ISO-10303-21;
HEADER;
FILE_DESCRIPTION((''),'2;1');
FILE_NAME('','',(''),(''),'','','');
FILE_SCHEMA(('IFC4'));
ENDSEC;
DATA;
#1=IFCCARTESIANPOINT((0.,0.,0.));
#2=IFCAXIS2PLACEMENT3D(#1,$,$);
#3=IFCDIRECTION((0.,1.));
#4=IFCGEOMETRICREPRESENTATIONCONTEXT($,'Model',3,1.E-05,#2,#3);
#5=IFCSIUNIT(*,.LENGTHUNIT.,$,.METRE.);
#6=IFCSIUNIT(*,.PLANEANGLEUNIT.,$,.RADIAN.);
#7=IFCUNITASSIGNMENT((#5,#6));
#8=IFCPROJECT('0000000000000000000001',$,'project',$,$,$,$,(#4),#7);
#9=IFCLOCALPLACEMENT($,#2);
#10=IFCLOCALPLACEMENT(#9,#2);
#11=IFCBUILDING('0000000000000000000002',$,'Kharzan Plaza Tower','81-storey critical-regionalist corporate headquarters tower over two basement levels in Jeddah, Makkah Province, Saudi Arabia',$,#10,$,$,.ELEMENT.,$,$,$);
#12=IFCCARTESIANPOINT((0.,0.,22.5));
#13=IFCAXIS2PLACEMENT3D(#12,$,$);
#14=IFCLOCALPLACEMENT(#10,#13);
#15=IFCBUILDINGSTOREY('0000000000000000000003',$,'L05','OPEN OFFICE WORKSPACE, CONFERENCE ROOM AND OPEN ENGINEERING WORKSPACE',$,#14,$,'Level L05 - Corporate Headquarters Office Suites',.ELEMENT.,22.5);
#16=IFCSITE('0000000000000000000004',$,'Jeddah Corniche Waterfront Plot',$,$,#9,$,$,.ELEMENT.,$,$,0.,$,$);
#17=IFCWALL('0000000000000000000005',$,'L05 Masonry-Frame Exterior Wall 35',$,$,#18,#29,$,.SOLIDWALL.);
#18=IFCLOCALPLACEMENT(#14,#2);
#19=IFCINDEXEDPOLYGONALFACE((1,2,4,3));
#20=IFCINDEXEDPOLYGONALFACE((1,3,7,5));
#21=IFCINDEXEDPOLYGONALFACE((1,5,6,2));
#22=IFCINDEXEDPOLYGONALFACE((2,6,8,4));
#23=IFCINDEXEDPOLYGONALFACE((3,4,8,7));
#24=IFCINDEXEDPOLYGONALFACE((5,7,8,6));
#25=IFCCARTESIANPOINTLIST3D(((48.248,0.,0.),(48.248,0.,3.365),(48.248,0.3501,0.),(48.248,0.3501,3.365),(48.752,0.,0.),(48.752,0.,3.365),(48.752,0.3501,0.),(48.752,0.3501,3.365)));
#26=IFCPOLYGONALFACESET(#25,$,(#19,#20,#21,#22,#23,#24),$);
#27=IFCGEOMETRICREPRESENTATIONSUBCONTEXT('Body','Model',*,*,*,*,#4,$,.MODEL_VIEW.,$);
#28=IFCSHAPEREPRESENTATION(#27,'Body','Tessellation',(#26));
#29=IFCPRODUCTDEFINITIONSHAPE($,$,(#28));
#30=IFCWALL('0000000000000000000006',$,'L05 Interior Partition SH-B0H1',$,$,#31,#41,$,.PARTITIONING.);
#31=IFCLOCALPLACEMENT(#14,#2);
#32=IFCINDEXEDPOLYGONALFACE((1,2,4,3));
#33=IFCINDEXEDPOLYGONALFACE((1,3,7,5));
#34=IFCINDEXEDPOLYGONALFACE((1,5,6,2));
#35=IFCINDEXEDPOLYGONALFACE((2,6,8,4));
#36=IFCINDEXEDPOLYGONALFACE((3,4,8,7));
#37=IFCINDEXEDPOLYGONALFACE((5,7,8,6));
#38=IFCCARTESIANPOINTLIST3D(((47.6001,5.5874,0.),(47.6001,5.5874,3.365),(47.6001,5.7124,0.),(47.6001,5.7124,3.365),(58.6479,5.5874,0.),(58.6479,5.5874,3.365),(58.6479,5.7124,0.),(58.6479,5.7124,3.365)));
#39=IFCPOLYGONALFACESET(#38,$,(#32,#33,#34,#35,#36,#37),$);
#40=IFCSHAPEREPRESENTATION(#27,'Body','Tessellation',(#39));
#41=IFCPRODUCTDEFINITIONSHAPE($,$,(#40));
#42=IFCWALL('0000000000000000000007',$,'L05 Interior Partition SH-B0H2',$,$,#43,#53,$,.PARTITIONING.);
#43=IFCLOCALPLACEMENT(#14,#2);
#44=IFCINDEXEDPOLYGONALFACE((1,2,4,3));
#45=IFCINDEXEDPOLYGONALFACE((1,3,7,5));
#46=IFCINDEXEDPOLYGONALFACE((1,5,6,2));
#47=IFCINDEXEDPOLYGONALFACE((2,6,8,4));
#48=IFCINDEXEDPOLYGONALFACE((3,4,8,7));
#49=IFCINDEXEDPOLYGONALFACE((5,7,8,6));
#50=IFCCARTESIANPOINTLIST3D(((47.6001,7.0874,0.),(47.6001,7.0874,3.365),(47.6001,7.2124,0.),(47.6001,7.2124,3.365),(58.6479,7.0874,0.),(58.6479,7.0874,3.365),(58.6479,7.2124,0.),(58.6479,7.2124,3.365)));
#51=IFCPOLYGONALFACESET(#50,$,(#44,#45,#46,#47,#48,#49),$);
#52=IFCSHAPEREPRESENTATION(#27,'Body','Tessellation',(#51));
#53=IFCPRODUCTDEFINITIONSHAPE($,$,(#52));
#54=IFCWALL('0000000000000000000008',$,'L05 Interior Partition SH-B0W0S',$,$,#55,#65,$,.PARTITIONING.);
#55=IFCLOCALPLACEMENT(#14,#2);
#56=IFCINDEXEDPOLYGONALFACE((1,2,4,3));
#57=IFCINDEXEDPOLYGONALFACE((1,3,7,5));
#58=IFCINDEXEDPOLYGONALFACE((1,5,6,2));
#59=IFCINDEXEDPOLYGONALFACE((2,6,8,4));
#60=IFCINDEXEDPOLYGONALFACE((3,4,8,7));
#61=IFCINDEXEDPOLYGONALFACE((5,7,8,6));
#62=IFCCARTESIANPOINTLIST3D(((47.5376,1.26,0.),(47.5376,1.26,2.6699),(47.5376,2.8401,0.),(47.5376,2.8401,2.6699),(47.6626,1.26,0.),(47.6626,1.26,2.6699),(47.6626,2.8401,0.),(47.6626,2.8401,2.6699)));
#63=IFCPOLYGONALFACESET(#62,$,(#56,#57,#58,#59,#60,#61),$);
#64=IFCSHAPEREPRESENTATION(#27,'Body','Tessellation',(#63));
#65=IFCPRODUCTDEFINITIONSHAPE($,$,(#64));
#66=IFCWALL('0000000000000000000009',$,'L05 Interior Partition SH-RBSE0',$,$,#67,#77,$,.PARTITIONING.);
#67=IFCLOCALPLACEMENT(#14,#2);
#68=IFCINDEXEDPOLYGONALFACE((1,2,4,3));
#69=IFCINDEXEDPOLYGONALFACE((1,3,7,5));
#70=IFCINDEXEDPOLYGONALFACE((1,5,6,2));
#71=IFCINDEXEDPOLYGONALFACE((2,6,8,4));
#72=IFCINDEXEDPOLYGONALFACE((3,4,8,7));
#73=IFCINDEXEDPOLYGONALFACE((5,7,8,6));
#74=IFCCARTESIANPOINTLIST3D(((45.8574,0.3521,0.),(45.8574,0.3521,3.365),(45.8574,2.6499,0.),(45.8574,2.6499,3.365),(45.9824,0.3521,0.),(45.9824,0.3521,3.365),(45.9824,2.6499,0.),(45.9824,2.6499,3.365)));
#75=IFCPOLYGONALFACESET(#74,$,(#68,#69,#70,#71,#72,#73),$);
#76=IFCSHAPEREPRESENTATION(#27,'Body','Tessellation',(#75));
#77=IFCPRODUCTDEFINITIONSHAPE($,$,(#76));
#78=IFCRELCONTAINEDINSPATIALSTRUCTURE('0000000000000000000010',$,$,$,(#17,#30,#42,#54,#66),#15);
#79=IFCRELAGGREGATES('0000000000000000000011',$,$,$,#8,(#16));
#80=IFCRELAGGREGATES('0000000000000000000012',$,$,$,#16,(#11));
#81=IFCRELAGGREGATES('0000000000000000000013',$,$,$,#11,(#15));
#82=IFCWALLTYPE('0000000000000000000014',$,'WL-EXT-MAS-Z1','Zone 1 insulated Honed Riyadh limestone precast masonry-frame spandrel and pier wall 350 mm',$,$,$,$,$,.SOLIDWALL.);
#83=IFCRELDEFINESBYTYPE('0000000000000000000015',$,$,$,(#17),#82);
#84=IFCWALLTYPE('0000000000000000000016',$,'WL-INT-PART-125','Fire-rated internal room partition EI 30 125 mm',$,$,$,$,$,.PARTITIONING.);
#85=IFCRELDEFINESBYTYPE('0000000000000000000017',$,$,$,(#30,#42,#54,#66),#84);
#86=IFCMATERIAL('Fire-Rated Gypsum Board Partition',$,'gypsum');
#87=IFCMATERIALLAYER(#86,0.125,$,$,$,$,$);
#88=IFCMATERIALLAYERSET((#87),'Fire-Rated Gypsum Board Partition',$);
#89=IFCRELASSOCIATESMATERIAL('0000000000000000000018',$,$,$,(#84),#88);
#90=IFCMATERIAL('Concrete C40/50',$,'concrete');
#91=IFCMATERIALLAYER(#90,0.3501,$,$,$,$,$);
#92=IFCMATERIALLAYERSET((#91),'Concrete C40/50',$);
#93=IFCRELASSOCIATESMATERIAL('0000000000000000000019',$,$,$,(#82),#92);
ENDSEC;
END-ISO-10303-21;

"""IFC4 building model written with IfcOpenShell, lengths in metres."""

from ifc_helpers import new_model, si_unit, direction, frame, frame_2d, origin, place, context, subcontext, project, spatial, rectangle, extrude, source, transform, mapped, material, layer, layer_set, type_object, element, save


model = new_model("IFC4")

# Units and contexts
model_context = context("Model", 3, precision=1e-05, world=origin(), true_north=direction((0.0, 1.0)))
body_context = subcontext(model_context, "Body", "Model", "MODEL_VIEW")
ifc_project = project(units=[si_unit("LENGTHUNIT", "METRE"), si_unit("PLANEANGLEUNIT", "RADIAN")], contexts=[model_context])

# Site, building, storey
site_placement = place(None, origin())
site = spatial("IfcSite", under=ifc_project, at=site_placement, Name="Jeddah Corniche Waterfront Plot", CompositionType="ELEMENT", RefElevation=0.0)
building_placement = place(site_placement, origin())
building = spatial("IfcBuilding", under=site, at=building_placement, Name="Kharzan Plaza Tower", Description="81-storey critical-regionalist corporate headquarters tower over two basement levels in Jeddah, Makkah Province, Saudi Arabia", CompositionType="ELEMENT")
storey_placement = place(building_placement, frame((0.0, 0.0, 22.5)))
storey = spatial("IfcBuildingStorey", under=building, at=storey_placement, Name="L05", Description="OPEN OFFICE WORKSPACE, CONFERENCE ROOM AND OPEN ENGINEERING WORKSPACE", LongName="Level L05 - Corporate Headquarters Office Suites", CompositionType="ELEMENT", Elevation=22.5)

# Shared definitions
ifc_material_1 = material(Name="Fire-Rated Gypsum Board Partition", Category="gypsum")
ifc_layer_1 = layer(ifc_material_1, 0.125)
ifc_layer_set_1 = layer_set([ifc_layer_1], Name="Fire-Rated Gypsum Board Partition")
wall_type_1 = type_object("IfcWallType", Name="WL-INT-PART-125", Description="Fire-rated internal room partition EI 30 125 mm", PredefinedType="PARTITIONING", material=ifc_layer_set_1)

# Walls
ifc_material_2 = material(Name="Concrete C40/50", Category="concrete")
ifc_layer_2 = layer(ifc_material_2, 0.3501)
ifc_layer_set_2 = layer_set([ifc_layer_2], Name="Concrete C40/50")
wall_type_2 = type_object("IfcWallType", Name="WL-EXT-MAS-Z1", Description="Zone 1 insulated Honed Riyadh limestone precast masonry-frame spandrel and pier wall 350 mm", PredefinedType="SOLIDWALL", material=ifc_layer_set_2)
shared_shape_1 = source(origin(), body_context, "Body", "SweptSolid", [
    extrude(rectangle(XDim=0.5039, YDim=0.3501, at=frame_2d((0.252, 0.0))), origin(), (0.0, 0.0, 1.0), 3.365),
])
wall_1_placement = place(storey_placement, frame((48.248, 0.175, 0.0), z_axis=(0.0, 0.0, 1.0), x_axis=(1.0, 0.0, 0.0)))
element("IfcWall", 1, at=wall_1_placement, inside=storey, type_object=wall_type_2, Name="L05 Masonry-Frame Exterior Wall 35", PredefinedType="SOLIDWALL", context=body_context, shape_type="MappedRepresentation", body=[
    mapped(shared_shape_1, transform((0.0, 0.0, 0.0), x_axis=(1.0, 0.0, 0.0), y_axis=(0.0, 1.0, 0.0), z_axis=(0.0, 0.0, 1.0))),
])
shared_shape_2 = source(origin(), body_context, "Body", "SweptSolid", [
    extrude(rectangle(XDim=11.0479, YDim=0.125, at=frame_2d((5.5239, 0.0))), origin(), (0.0, 0.0, 1.0), 3.365),
])
for number, where, z_axis, x_axis, name in (
    (2, (47.6001, 5.6499, 0.0), (0.0, 0.0, 1.0), (1.0, 0.0, 0.0), "L05 Interior Partition SH-B0H1"),
    (3, (47.6001, 7.1499, 0.0), (0.0, 0.0, 1.0), (1.0, 0.0, 0.0), "L05 Interior Partition SH-B0H2"),
):
    element("IfcWall", number, at=place(storey_placement, frame(where, z_axis=z_axis, x_axis=x_axis)), inside=storey, type_object=wall_type_1, Name=name, PredefinedType="PARTITIONING", context=body_context, shape_type="MappedRepresentation", body=[
        mapped(shared_shape_2, transform((0.0, 0.0, 0.0), x_axis=(1.0, 0.0, 0.0), y_axis=(0.0, 1.0, 0.0), z_axis=(0.0, 0.0, 1.0))),
    ])
shared_shape_3 = source(origin(), body_context, "Body", "SweptSolid", [
    extrude(rectangle(XDim=1.5801, YDim=0.125, at=frame_2d((0.79, 0.0))), origin(), (0.0, 0.0, 1.0), 2.6699),
])
wall_2_placement = place(storey_placement, frame((47.6001, 1.26, 0.0), z_axis=(0.0, 0.0, 1.0), x_axis=(0.0, 1.0, 0.0)))
element("IfcWall", 4, at=wall_2_placement, inside=storey, type_object=wall_type_1, Name="L05 Interior Partition SH-B0W0S", PredefinedType="PARTITIONING", context=body_context, shape_type="MappedRepresentation", body=[
    mapped(shared_shape_3, transform((0.0, 0.0, 0.0), x_axis=(1.0, 0.0, 0.0), y_axis=(0.0, 1.0, 0.0), z_axis=(0.0, 0.0, 1.0))),
])
shared_shape_4 = source(origin(), body_context, "Body", "SweptSolid", [
    extrude(rectangle(XDim=2.2979, YDim=0.125, at=frame_2d((1.1489, 0.0))), origin(), (0.0, 0.0, 1.0), 3.365),
])
wall_3_placement = place(storey_placement, frame((45.9199, 0.3521, 0.0), z_axis=(0.0, 0.0, 1.0), x_axis=(0.0, 1.0, 0.0)))
element("IfcWall", 5, at=wall_3_placement, inside=storey, type_object=wall_type_1, Name="L05 Interior Partition SH-RBSE0", PredefinedType="PARTITIONING", context=body_context, shape_type="MappedRepresentation", body=[
    mapped(shared_shape_4, transform((0.0, 0.0, 0.0), x_axis=(1.0, 0.0, 0.0), y_axis=(0.0, 1.0, 0.0), z_axis=(0.0, 0.0, 1.0))),
])

save(model, "model.ifc")
